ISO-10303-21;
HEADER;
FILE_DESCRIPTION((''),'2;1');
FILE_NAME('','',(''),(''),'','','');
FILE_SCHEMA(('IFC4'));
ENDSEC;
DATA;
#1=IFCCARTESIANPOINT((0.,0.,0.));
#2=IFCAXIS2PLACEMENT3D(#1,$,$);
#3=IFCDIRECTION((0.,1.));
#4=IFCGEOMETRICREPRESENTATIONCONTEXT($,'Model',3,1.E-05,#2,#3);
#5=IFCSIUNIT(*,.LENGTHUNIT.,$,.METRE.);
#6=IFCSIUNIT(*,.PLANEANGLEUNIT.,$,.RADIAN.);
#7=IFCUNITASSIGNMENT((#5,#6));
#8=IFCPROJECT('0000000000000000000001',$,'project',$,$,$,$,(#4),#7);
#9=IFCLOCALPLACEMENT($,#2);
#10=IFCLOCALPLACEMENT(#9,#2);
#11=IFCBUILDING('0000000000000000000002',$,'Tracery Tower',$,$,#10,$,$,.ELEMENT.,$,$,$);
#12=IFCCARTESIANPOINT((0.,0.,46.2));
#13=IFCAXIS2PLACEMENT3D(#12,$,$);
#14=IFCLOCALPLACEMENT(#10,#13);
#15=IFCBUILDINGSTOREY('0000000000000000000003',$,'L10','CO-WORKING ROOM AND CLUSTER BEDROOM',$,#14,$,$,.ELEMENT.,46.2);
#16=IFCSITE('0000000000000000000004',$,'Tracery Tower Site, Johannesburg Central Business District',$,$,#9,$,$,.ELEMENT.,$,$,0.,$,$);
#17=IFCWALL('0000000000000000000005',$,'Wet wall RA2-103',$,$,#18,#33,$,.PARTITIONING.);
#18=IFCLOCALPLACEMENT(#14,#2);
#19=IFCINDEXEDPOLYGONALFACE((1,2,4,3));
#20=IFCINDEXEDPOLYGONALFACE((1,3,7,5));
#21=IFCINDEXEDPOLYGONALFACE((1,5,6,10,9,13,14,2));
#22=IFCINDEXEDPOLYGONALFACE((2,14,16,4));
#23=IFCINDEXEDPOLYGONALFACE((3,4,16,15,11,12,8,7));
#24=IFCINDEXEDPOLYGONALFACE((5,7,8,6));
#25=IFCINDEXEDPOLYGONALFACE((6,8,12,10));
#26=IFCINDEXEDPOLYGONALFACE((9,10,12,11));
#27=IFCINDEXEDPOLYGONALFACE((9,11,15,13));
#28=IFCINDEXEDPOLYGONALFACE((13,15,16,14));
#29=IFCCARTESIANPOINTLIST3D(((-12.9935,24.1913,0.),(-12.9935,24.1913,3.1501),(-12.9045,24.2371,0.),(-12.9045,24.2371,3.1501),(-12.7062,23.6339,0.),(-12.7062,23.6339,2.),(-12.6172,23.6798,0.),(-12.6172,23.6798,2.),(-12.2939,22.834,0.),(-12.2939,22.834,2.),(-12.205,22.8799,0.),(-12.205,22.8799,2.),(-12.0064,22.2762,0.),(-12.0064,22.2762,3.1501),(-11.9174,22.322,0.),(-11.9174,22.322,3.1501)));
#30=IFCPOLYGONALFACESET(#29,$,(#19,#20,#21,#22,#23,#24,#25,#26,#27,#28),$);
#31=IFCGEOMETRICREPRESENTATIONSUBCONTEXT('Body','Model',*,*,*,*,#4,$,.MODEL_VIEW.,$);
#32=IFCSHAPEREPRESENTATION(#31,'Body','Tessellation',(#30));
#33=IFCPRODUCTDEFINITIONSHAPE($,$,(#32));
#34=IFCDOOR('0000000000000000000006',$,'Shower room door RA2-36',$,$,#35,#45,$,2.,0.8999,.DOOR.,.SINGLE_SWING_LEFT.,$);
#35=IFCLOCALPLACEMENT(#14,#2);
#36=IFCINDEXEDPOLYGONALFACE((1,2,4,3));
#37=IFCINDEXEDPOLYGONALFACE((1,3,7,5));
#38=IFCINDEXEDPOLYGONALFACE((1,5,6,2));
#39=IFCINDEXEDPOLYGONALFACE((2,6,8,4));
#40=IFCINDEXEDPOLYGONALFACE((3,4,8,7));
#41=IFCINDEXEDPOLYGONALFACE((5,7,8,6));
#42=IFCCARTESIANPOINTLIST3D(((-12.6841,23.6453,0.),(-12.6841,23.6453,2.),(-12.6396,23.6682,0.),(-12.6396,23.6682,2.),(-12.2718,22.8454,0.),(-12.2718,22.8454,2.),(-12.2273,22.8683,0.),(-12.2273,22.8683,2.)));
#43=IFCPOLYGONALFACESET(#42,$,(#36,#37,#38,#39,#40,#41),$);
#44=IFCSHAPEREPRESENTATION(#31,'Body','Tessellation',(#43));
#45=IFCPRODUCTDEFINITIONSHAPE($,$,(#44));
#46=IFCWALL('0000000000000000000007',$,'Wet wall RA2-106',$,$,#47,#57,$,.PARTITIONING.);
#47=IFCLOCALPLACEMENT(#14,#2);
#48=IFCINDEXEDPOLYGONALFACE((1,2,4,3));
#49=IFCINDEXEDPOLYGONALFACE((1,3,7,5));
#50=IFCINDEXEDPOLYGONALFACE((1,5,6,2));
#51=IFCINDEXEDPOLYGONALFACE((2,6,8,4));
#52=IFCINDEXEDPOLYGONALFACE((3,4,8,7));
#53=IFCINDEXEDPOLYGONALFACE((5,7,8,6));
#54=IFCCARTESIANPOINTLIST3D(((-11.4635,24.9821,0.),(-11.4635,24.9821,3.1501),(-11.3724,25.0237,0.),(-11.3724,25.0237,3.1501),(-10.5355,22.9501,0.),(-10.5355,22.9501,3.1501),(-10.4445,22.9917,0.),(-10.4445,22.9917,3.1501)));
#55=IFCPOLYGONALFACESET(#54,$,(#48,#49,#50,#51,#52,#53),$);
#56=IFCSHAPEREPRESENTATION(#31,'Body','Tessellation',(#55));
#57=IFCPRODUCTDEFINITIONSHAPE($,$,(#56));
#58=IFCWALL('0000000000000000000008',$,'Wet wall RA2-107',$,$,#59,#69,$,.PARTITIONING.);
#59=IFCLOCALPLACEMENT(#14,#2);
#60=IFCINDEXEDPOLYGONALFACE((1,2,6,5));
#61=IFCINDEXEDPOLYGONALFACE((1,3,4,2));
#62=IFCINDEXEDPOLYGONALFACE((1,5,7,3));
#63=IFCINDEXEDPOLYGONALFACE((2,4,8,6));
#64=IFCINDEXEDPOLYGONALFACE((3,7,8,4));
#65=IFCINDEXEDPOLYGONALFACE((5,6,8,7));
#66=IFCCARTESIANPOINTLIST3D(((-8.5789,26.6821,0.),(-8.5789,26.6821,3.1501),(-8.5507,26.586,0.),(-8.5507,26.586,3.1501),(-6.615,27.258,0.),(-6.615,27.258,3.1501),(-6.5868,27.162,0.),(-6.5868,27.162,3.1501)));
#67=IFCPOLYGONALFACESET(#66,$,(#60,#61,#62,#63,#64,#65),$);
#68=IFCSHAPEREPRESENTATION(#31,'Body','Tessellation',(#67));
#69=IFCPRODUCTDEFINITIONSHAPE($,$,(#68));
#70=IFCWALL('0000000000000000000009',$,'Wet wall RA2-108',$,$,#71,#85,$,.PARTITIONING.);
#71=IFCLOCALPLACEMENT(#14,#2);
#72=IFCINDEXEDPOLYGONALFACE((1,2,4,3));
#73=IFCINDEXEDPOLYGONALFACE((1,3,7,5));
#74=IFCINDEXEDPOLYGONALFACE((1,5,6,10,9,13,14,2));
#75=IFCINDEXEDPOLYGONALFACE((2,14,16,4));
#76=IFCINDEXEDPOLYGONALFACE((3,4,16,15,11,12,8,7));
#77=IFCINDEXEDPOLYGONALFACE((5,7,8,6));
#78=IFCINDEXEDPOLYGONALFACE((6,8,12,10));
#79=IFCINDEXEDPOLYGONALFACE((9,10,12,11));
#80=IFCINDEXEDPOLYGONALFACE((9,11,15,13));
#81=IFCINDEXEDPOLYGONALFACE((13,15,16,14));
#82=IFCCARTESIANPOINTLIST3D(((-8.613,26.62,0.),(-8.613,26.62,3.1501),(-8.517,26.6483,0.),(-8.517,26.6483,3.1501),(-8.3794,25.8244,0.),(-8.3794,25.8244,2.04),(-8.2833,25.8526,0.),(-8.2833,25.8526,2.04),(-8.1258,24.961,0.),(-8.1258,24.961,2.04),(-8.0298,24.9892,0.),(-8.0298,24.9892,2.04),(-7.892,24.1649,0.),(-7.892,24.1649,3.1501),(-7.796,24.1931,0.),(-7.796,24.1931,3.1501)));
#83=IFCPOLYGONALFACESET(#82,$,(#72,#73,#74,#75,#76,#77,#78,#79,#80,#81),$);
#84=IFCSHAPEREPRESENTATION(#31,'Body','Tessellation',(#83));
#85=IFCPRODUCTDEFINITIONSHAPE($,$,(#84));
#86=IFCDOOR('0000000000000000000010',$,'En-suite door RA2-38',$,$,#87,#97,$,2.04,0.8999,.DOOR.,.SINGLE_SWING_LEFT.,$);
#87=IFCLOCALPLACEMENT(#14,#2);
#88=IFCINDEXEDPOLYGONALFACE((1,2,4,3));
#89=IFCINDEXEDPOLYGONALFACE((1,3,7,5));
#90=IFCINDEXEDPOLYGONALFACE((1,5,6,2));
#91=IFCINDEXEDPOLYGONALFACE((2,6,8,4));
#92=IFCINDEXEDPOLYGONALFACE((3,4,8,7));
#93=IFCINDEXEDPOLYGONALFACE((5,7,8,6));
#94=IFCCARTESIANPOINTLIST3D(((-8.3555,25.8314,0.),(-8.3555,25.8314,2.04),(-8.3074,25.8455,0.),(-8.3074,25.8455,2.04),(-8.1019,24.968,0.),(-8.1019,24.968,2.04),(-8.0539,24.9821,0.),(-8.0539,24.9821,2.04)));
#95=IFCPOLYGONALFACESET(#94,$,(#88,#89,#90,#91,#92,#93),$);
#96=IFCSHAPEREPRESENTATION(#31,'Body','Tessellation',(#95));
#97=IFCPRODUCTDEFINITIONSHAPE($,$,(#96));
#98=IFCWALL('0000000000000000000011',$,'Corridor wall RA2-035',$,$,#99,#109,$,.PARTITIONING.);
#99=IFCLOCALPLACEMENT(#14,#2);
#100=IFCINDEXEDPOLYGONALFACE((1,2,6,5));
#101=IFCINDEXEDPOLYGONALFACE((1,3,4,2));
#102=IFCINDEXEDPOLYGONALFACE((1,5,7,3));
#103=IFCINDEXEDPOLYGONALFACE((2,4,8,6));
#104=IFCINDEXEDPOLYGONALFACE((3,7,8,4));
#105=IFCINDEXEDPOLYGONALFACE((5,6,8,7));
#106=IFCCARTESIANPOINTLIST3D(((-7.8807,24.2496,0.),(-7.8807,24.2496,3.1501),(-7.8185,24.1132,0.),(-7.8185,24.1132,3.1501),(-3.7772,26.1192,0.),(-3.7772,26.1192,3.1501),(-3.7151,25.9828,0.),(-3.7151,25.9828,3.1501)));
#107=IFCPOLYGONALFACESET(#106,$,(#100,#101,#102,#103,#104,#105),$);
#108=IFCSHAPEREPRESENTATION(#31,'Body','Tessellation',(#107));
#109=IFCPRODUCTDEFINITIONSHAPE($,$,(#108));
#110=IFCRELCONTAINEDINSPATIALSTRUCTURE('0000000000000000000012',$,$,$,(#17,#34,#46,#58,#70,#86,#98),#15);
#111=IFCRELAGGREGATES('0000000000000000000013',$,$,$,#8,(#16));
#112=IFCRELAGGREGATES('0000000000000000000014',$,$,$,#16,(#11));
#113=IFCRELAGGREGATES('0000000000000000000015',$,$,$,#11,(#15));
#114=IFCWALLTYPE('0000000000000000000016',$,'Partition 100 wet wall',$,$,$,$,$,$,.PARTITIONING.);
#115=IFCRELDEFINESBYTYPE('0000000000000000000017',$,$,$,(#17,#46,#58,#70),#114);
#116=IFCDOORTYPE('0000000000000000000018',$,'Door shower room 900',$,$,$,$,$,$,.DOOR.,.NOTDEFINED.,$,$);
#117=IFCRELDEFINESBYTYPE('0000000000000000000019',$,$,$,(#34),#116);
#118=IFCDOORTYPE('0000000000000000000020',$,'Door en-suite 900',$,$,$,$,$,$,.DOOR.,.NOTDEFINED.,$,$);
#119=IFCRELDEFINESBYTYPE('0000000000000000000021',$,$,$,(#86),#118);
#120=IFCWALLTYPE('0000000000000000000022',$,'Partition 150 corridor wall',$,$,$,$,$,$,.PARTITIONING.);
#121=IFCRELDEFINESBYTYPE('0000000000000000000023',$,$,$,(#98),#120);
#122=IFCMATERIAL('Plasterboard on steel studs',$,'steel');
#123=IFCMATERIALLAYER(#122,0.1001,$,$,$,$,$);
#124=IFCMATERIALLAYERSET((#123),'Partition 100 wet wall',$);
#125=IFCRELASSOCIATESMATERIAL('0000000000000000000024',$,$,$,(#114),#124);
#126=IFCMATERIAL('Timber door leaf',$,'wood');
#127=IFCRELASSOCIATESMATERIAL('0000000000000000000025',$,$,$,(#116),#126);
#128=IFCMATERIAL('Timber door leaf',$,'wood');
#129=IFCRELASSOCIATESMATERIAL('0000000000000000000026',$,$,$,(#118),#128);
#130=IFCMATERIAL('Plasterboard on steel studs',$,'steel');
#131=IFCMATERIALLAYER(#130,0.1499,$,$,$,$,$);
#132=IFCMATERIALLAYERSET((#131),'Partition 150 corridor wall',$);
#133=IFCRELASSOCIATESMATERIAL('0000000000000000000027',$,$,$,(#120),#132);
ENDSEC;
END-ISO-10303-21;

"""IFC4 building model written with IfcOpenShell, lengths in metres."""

from ifc_helpers import new_model, si_unit, direction, frame, frame_2d, origin, place, context, subcontext, project, spatial, rectangle, extrude, material, layer, layer_set, type_object, element, fill, save


model = new_model("IFC4")

# Units and contexts
model_context = context("Model", 3, precision=1e-05, world=origin(), true_north=direction((0.0, 1.0)))
body_context = subcontext(model_context, "Body", "Model", "MODEL_VIEW")
ifc_project = project(units=[si_unit("LENGTHUNIT", "METRE"), si_unit("PLANEANGLEUNIT", "RADIAN")], contexts=[model_context])

# Site, building, storey
site_placement = place(None, origin())
site = spatial("IfcSite", under=ifc_project, at=site_placement, Name="Tracery Tower Site, Johannesburg Central Business District", CompositionType="ELEMENT", RefElevation=0.0)
building_placement = place(site_placement, origin())
building = spatial("IfcBuilding", under=site, at=building_placement, Name="Tracery Tower", CompositionType="ELEMENT")
storey_placement = place(building_placement, frame((0.0, 0.0, 46.2)))
storey = spatial("IfcBuildingStorey", under=building, at=storey_placement, Name="L10", Description="CO-WORKING ROOM AND CLUSTER BEDROOM", CompositionType="ELEMENT", Elevation=46.2)

# Shared definitions
ifc_material_1 = material(Name="Plasterboard on steel studs", Category="steel")
ifc_layer_1 = layer(ifc_material_1, 0.1001)
ifc_layer_set_1 = layer_set([ifc_layer_1], Name="Partition 100 wet wall")
wall_type_1 = type_object("IfcWallType", Name="Partition 100 wet wall", PredefinedType="PARTITIONING", material=ifc_layer_set_1)

# Wall, opening, door
wall_1_placement = place(storey_placement, frame((-12.949, 24.2141, 0.0), z_axis=(0.0, 0.0, 1.0), x_axis=(0.458149, -0.888875, 0.0)))
wall_1 = element("IfcWall", 1, at=wall_1_placement, inside=storey, type_object=wall_type_1, Name="Wet wall RA2-103", PredefinedType="PARTITIONING", context=body_context, shape_type="SweptSolid", body=[
    extrude(rectangle(XDim=2.1545, YDim=0.1001, at=frame_2d((1.0771, 0.0))), origin(), (0.0, 0.0, 1.0), 3.1501),
])
opening_1_placement = place(wall_1_placement, frame((0.627, 0.0, 0.0)))
opening_1 = element("IfcOpeningElement", 2, at=opening_1_placement, cuts=wall_1, PredefinedType="OPENING", context=body_context, shape_type="SweptSolid", body=[
    extrude(rectangle(XDim=0.8999, YDim=2.0, at=frame_2d((0.45, 1.0))), frame((0.0, 0.05, 0.0), z_axis=(0.0, -1.0, 0.0), x_axis=(1.0, 0.0, 0.0)), (0.0, 0.0, 1.0), 0.1001),
])
ifc_material_2 = material(Name="Timber door leaf", Category="wood")
door_type_1 = type_object("IfcDoorType", Name="Door shower room 900", OperationType="NOTDEFINED", PredefinedType="DOOR", material=ifc_material_2)
door_1_placement = place(opening_1_placement, origin())
door_1 = element("IfcDoor", 3, at=door_1_placement, inside=storey, type_object=door_type_1, Name="Shower room door RA2-36", OperationType="SINGLE_SWING_LEFT", OverallHeight=2.0, OverallWidth=0.8999, PredefinedType="DOOR", context=body_context, shape_type="SweptSolid", body=[
    extrude(rectangle(XDim=0.8999, YDim=2.0, at=frame_2d((0.45, 1.0))), frame((0.0, 0.0249, 0.0), z_axis=(0.0, -1.0, 0.0), x_axis=(1.0, 0.0, 0.0)), (0.0, 0.0, 1.0), 0.05),
])
fill(opening_1, door_1)

# Walls
wall_2_placement = place(storey_placement, frame((-11.418, 25.0029, 0.0), z_axis=(0.0, 0.0, 1.0), x_axis=(0.415416, -0.909631, 0.0)))
element("IfcWall", 4, at=wall_2_placement, inside=storey, type_object=wall_type_1, Name="Wet wall RA2-106", PredefinedType="PARTITIONING", context=body_context, shape_type="SweptSolid", body=[
    extrude(rectangle(XDim=2.2339, YDim=0.1001, at=frame_2d((1.1169, 0.0))), origin(), (0.0, 0.0, 1.0), 3.1501),
])
wall_3_placement = place(storey_placement, frame((-8.5649, 26.634, 0.0), z_axis=(0.0, 0.0, 1.0), x_axis=(0.959587, 0.281411, 0.0)))
element("IfcWall", 5, at=wall_3_placement, inside=storey, type_object=wall_type_1, Name="Wet wall RA2-107", PredefinedType="PARTITIONING", context=body_context, shape_type="SweptSolid", body=[
    extrude(rectangle(XDim=2.0466, YDim=0.1001, at=frame_2d((1.0234, 0.0))), origin(), (0.0, 0.0, 1.0), 3.1501),
])

# Wall, opening, door
wall_4_placement = place(storey_placement, frame((-8.5649, 26.634, 0.0), z_axis=(0.0, 0.0, 1.0), x_axis=(0.281758, -0.959485, 0.0)))
wall_4 = element("IfcWall", 6, at=wall_4_placement, inside=storey, type_object=wall_type_1, Name="Wet wall RA2-108", PredefinedType="PARTITIONING", context=body_context, shape_type="SweptSolid", body=[
    extrude(rectangle(XDim=2.5588, YDim=0.1001, at=frame_2d((1.2793, 0.0))), origin(), (0.0, 0.0, 1.0), 3.1501),
])
opening_2_placement = place(wall_4_placement, frame((0.8291, 0.0, 0.0)))
opening_2 = element("IfcOpeningElement", 7, at=opening_2_placement, cuts=wall_4, PredefinedType="OPENING", context=body_context, shape_type="SweptSolid", body=[
    extrude(rectangle(XDim=0.8999, YDim=2.04, at=frame_2d((0.45, 1.02))), frame((0.0, 0.05, 0.0), z_axis=(0.0, -1.0, 0.0), x_axis=(1.0, 0.0, 0.0)), (0.0, 0.0, 1.0), 0.1001),
])
ifc_material_3 = material(Name="Timber door leaf", Category="wood")
door_type_2 = type_object("IfcDoorType", Name="Door en-suite 900", OperationType="NOTDEFINED", PredefinedType="DOOR", material=ifc_material_3)
door_2_placement = place(opening_2_placement, origin())
door_2 = element("IfcDoor", 8, at=door_2_placement, inside=storey, type_object=door_type_2, Name="En-suite door RA2-38", OperationType="SINGLE_SWING_LEFT", OverallHeight=2.04, OverallWidth=0.8999, PredefinedType="DOOR", context=body_context, shape_type="SweptSolid", body=[
    extrude(rectangle(XDim=0.8999, YDim=2.04, at=frame_2d((0.45, 1.02))), frame((0.0, 0.0249, 0.0), z_axis=(0.0, -1.0, 0.0), x_axis=(1.0, 0.0, 0.0)), (0.0, 0.0, 1.0), 0.05),
])
fill(opening_2, door_2)

# Wall
ifc_material_4 = material(Name="Plasterboard on steel studs", Category="steel")
ifc_layer_2 = layer(ifc_material_4, 0.1499)
ifc_layer_set_2 = layer_set([ifc_layer_2], Name="Partition 150 corridor wall")
wall_type_2 = type_object("IfcWallType", Name="Partition 150 corridor wall", PredefinedType="PARTITIONING", material=ifc_layer_set_2)
wall_5_placement = place(storey_placement, frame((-7.8496, 24.1814, 0.0), z_axis=(0.0, 0.0, 1.0), x_axis=(0.909999, 0.41461, 0.0)))
element("IfcWall", 9, at=wall_5_placement, inside=storey, type_object=wall_type_2, Name="Corridor wall RA2-035", PredefinedType="PARTITIONING", context=body_context, shape_type="SweptSolid", body=[
    extrude(rectangle(XDim=4.5093, YDim=0.1499, at=frame_2d((2.2546, 0.0))), origin(), (0.0, 0.0, 1.0), 3.1501),
])

save(model, "model.ifc")
